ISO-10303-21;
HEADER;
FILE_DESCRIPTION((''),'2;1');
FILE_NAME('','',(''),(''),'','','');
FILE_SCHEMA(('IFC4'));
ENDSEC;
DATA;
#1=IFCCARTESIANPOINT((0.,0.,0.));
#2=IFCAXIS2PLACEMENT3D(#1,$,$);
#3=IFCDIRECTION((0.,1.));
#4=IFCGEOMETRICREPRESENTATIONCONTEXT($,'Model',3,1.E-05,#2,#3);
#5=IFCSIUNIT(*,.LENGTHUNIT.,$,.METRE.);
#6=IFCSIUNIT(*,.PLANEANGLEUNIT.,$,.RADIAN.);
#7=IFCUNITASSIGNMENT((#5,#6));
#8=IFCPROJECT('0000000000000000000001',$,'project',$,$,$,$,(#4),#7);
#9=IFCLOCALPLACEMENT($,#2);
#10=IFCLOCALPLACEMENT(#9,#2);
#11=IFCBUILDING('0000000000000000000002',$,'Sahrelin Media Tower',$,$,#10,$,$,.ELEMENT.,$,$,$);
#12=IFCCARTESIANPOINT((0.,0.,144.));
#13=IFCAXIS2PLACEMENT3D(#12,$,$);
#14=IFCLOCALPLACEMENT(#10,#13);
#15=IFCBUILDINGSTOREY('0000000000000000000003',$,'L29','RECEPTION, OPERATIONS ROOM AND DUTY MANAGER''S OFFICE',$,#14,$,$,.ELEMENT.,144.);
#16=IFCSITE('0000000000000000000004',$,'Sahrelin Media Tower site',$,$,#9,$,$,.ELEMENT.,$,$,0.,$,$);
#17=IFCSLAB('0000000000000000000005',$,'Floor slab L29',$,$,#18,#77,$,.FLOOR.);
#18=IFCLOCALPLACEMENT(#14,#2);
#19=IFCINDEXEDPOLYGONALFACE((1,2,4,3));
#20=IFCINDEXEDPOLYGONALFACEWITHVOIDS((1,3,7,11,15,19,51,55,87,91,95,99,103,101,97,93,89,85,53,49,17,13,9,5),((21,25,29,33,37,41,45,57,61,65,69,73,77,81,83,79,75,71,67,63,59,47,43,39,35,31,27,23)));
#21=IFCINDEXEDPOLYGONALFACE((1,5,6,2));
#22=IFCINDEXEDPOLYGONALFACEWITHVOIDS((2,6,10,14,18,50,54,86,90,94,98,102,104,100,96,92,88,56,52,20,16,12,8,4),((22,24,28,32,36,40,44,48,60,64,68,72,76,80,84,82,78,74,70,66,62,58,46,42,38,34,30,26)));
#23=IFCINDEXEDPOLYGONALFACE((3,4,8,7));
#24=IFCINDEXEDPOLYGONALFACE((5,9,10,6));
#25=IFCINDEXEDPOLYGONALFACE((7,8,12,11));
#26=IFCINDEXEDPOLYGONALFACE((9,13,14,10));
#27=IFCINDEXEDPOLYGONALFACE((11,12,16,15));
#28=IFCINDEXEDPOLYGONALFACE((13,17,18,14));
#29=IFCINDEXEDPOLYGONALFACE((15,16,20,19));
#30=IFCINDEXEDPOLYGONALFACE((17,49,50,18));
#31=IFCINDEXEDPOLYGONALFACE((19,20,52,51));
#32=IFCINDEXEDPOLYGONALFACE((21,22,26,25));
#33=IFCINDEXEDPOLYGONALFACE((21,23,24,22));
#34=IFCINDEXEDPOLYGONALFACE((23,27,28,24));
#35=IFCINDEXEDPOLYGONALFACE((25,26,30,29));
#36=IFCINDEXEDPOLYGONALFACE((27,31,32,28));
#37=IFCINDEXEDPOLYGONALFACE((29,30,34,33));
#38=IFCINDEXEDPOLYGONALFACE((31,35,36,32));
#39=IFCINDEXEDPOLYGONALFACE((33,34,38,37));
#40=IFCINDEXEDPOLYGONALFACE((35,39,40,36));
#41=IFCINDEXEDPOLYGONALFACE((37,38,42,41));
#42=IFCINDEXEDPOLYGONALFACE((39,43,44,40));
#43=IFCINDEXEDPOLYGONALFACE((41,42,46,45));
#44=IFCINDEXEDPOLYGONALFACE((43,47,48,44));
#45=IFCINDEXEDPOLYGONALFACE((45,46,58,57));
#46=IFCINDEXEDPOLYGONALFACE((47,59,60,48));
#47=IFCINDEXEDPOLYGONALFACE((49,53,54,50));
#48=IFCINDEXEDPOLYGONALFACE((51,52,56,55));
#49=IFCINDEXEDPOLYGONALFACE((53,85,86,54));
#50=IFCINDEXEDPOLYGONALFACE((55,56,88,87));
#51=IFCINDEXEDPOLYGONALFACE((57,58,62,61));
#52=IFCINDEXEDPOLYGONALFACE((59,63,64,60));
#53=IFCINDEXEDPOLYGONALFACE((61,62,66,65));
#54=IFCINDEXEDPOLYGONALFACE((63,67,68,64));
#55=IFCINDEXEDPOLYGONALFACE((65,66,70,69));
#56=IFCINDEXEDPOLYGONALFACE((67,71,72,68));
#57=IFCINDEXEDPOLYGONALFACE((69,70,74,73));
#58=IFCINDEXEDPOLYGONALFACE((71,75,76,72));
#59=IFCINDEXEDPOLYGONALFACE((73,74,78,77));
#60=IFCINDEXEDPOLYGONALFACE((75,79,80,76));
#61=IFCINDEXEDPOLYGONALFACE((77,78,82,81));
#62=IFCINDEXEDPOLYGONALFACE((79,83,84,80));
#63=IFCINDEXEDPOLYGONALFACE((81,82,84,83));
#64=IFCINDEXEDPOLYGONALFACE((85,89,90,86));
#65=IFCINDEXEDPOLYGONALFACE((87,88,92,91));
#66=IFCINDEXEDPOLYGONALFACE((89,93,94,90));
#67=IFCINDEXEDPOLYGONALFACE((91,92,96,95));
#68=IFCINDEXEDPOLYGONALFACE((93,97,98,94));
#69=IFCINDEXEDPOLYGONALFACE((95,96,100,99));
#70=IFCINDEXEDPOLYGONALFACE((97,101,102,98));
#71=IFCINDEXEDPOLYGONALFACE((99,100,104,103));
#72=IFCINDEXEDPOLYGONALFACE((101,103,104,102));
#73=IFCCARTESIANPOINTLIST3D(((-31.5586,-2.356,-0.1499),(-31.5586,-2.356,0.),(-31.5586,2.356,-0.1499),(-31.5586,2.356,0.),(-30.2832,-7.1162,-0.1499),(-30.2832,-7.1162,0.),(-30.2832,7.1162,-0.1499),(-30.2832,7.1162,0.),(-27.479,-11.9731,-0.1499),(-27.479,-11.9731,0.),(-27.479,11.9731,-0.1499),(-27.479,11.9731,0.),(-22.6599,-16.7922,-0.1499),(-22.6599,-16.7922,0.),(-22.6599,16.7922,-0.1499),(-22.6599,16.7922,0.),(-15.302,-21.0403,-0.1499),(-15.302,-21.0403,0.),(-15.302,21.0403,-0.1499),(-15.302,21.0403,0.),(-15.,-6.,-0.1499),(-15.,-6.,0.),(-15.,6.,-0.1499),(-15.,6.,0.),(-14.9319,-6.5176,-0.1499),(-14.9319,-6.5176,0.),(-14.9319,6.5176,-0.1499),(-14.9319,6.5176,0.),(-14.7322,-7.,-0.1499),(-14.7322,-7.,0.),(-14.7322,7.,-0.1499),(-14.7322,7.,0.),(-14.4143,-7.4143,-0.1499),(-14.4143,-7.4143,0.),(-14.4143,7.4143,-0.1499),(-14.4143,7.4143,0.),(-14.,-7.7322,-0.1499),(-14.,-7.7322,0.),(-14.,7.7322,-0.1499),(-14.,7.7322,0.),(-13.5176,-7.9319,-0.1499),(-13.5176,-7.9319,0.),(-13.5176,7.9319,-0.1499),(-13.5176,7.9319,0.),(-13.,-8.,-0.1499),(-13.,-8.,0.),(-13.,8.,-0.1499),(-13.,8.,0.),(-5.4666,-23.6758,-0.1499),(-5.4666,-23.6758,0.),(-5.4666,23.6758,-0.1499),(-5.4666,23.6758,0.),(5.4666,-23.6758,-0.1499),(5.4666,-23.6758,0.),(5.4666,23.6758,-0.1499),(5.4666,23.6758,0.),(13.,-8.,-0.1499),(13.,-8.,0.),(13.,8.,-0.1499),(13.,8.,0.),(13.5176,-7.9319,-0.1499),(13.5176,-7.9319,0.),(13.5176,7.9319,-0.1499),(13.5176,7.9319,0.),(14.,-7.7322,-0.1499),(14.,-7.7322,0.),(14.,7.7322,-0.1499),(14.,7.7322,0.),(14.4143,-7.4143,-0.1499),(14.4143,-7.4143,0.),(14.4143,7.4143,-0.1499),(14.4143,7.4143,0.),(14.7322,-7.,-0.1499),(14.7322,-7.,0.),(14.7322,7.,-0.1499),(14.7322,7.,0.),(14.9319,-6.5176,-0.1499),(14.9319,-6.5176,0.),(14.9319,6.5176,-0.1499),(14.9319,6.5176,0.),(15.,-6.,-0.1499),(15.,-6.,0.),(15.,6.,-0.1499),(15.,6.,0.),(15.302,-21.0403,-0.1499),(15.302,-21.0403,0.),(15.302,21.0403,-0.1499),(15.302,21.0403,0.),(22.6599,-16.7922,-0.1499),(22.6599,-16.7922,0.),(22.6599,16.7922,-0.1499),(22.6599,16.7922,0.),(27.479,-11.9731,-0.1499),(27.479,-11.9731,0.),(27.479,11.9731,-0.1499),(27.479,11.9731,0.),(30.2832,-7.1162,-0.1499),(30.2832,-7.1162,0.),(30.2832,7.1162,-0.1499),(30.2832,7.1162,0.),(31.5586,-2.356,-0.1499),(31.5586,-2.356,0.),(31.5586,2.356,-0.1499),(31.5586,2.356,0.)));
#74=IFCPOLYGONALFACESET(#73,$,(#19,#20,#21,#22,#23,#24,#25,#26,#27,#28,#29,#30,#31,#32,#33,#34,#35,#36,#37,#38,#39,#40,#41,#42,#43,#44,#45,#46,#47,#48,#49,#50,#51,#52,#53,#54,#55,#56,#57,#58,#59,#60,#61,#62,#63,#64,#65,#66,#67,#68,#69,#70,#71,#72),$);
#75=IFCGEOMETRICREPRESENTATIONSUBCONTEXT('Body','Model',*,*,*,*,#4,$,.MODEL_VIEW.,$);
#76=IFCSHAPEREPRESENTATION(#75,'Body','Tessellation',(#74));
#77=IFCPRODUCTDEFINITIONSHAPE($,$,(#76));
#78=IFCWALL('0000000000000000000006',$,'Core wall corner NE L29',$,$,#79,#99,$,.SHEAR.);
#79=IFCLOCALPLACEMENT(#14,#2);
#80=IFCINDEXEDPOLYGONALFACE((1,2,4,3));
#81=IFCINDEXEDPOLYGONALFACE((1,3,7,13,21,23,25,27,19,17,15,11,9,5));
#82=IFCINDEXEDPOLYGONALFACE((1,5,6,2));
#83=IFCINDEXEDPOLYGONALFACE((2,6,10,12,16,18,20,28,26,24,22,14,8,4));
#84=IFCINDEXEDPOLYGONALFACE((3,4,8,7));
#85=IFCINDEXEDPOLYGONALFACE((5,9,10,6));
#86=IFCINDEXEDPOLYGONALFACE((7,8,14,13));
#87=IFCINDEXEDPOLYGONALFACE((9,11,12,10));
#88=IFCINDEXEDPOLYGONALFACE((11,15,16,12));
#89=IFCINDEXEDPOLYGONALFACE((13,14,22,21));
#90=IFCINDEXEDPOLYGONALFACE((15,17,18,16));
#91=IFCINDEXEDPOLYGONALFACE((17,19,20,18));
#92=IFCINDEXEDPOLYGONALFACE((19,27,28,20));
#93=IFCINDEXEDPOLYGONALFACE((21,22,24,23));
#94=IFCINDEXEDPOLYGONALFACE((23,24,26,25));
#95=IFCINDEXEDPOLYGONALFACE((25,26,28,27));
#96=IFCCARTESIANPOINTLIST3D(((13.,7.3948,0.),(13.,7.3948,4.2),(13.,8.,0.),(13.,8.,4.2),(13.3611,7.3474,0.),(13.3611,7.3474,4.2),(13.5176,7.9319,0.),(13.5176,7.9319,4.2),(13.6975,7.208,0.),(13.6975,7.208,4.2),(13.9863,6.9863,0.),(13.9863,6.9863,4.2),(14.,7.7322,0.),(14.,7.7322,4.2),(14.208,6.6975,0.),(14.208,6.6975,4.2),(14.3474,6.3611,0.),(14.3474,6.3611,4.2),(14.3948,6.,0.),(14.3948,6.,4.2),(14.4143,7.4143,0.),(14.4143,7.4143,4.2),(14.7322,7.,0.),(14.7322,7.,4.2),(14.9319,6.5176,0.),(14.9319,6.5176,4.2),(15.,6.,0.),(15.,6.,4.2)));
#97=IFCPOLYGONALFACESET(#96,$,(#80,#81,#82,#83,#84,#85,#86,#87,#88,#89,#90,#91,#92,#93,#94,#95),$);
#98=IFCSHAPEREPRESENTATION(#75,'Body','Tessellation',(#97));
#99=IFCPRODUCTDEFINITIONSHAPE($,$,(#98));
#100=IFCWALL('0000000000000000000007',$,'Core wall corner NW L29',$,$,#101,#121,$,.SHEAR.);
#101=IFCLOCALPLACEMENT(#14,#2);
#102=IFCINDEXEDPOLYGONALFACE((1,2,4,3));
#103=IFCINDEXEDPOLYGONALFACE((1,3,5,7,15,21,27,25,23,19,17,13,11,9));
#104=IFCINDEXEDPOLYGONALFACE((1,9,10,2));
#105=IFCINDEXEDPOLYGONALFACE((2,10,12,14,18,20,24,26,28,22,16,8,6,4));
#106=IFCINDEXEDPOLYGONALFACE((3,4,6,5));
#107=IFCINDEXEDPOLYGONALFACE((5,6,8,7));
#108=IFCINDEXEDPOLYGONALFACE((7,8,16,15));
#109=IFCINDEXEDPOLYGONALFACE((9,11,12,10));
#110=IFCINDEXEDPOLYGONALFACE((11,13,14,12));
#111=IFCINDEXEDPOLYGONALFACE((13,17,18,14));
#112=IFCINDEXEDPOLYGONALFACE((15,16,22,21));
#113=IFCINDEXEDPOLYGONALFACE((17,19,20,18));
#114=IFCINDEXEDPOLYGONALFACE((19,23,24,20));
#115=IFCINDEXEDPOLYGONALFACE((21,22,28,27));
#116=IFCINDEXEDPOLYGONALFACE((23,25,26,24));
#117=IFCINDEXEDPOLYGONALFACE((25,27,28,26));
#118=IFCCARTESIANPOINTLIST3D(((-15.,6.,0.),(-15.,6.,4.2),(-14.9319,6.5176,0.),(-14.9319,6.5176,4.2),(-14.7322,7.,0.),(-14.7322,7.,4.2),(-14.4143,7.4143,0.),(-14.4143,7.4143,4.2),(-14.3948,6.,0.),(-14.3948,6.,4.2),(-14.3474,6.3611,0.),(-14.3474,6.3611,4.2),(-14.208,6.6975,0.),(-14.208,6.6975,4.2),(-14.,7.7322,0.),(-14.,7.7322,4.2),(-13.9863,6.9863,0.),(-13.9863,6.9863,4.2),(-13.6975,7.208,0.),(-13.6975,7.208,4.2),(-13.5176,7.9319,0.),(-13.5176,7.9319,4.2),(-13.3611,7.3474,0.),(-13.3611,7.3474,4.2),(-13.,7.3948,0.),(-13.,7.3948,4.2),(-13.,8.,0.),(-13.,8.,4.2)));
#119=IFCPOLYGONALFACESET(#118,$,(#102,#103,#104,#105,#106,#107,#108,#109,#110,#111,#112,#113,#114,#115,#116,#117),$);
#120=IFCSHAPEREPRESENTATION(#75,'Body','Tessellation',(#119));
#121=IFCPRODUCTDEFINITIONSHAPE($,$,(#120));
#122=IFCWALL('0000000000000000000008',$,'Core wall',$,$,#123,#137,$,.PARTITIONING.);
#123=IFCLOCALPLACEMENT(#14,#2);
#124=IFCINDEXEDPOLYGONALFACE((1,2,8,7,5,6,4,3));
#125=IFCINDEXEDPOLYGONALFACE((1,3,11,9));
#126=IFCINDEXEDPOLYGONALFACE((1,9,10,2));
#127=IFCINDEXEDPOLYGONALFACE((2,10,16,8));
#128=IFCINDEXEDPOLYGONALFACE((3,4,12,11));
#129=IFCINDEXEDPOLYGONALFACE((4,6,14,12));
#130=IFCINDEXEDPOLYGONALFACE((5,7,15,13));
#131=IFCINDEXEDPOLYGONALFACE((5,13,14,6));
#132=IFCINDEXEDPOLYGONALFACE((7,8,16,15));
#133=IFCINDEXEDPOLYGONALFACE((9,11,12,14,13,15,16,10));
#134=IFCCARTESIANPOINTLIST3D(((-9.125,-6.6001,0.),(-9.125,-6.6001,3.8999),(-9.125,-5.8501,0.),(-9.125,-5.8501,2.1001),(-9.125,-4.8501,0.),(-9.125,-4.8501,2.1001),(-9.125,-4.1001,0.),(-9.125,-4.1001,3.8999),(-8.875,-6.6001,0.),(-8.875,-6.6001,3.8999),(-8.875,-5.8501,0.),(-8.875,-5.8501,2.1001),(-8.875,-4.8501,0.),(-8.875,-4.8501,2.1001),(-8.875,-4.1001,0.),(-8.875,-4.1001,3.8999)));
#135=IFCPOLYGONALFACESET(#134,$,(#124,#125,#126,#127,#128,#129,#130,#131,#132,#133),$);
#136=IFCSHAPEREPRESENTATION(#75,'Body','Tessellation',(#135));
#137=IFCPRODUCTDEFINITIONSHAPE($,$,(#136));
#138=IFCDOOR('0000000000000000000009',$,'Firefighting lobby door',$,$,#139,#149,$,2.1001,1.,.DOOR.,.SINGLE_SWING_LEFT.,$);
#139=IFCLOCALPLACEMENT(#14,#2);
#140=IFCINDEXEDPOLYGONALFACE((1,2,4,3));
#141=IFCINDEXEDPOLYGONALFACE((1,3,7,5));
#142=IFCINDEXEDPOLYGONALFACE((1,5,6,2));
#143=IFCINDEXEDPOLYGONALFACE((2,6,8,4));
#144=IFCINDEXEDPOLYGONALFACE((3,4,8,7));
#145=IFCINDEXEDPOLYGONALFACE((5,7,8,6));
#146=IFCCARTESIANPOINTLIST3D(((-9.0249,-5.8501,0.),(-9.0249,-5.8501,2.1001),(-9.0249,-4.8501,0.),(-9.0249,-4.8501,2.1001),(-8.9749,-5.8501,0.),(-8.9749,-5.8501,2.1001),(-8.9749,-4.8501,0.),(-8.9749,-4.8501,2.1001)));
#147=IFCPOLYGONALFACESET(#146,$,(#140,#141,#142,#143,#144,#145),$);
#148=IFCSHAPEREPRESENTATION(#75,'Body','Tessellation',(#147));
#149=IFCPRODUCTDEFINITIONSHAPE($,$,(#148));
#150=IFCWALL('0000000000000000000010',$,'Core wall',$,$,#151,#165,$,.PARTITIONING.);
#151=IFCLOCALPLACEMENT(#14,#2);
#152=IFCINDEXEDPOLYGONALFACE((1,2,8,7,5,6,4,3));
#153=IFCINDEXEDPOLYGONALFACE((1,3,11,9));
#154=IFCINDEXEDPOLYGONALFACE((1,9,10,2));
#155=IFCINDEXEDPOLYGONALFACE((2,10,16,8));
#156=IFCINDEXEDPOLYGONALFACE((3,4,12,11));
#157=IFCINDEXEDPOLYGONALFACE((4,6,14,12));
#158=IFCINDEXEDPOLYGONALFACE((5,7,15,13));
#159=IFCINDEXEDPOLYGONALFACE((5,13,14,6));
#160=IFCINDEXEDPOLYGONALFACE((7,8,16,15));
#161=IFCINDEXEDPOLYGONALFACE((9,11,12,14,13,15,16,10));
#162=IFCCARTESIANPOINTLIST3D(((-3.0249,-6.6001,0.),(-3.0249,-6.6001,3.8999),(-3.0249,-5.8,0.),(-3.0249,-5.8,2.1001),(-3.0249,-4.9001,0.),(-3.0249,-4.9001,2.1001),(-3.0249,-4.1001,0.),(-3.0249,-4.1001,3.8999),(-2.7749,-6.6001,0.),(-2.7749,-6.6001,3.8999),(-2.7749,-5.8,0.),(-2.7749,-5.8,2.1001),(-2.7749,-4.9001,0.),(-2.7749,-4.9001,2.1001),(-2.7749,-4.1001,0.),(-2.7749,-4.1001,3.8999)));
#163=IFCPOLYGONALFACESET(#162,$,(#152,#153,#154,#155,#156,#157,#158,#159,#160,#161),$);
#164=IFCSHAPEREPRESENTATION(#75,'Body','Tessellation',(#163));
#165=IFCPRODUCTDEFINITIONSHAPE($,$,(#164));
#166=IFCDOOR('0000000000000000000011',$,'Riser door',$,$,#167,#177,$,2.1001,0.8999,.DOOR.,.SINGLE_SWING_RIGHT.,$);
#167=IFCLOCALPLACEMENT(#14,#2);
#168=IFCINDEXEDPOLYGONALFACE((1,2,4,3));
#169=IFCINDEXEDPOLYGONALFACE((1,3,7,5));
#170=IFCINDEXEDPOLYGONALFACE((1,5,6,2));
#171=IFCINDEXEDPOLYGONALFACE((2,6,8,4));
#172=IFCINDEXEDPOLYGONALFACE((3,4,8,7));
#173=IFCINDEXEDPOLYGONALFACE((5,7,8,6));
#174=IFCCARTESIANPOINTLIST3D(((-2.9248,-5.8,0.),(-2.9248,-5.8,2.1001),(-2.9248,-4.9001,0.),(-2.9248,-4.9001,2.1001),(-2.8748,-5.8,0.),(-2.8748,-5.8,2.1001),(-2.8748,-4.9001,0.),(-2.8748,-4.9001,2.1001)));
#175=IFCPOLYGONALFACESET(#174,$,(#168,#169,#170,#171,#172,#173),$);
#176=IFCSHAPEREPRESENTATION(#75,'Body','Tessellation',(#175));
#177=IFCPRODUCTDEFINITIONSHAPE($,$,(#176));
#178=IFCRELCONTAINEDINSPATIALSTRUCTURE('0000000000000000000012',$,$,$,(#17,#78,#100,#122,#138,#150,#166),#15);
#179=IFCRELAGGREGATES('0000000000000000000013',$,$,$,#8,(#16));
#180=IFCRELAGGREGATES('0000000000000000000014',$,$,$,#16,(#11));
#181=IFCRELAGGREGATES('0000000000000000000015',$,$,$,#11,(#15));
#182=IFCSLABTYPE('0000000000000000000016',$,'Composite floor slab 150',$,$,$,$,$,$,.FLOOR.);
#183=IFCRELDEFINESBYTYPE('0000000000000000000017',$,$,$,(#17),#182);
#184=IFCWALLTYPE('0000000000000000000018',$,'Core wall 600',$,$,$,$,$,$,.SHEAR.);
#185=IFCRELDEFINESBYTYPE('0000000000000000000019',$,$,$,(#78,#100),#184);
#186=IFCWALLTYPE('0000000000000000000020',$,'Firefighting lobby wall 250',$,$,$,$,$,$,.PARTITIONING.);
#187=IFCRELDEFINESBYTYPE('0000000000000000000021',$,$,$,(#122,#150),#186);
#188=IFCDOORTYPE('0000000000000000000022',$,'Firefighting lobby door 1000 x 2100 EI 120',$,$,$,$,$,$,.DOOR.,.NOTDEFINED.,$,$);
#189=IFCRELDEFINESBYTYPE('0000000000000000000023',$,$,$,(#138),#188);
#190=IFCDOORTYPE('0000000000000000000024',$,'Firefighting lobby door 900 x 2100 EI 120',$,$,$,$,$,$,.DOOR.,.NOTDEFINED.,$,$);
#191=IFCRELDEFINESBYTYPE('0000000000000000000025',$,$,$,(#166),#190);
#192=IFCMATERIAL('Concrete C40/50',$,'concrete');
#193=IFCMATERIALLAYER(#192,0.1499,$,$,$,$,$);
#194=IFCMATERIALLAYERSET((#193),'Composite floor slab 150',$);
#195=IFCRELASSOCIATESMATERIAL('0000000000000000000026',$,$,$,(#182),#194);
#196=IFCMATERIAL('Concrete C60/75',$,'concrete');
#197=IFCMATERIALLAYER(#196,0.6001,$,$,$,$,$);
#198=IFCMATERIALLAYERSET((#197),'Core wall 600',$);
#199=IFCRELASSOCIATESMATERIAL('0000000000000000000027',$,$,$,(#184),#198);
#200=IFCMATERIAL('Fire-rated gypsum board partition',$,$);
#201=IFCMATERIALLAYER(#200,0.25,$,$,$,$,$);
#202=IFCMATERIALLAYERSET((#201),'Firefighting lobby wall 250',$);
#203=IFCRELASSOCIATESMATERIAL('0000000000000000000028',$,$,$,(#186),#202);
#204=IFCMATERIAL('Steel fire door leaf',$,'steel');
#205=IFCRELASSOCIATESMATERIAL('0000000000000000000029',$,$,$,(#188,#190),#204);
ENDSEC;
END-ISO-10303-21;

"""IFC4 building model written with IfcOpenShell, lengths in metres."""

from ifc_helpers import new_model, si_unit, direction, frame, frame_2d, origin, place, context, subcontext, project, spatial, polyline, rectangle, outline, extrude, material, layer, layer_set, type_object, element, fill, save


model = new_model("IFC4")

# Units and contexts
model_context = context("Model", 3, precision=1e-05, world=origin(), true_north=direction((0.0, 1.0)))
body_context = subcontext(model_context, "Body", "Model", "MODEL_VIEW")
ifc_project = project(units=[si_unit("LENGTHUNIT", "METRE"), si_unit("PLANEANGLEUNIT", "RADIAN")], contexts=[model_context])

# Site, building, storey
site_placement = place(None, origin())
site = spatial("IfcSite", under=ifc_project, at=site_placement, Name="Sahrelin Media Tower site", CompositionType="ELEMENT", RefElevation=0.0)
building_placement = place(site_placement, origin())
building = spatial("IfcBuilding", under=site, at=building_placement, Name="Sahrelin Media Tower", CompositionType="ELEMENT")
storey_placement = place(building_placement, frame((0.0, 0.0, 144.0)))
storey = spatial("IfcBuildingStorey", under=building, at=storey_placement, Name="L29", Description="RECEPTION, OPERATIONS ROOM AND DUTY MANAGER'S OFFICE", CompositionType="ELEMENT", Elevation=144.0)

# Slab
ifc_material_1 = material(Name="Concrete C40/50", Category="concrete")
ifc_layer_1 = layer(ifc_material_1, 0.1499)
ifc_layer_set_1 = layer_set([ifc_layer_1], Name="Composite floor slab 150")
slab_type = type_object("IfcSlabType", Name="Composite floor slab 150", PredefinedType="FLOOR", material=ifc_layer_set_1)
slab_placement = place(storey_placement, frame((0.0, 0.0, -0.1499)))
element("IfcSlab", 1, at=slab_placement, inside=storey, type_object=slab_type, Name="Floor slab L29", PredefinedType="FLOOR", context=body_context, shape_type="SweptSolid", body=[
    extrude(outline(polyline([(31.5586, -2.356), (31.5586, 2.356), (30.2832, 7.1162), (27.479, 11.9731), (22.6599, 16.7922), (15.302, 21.0403), (5.4666, 23.6758), (-5.4666, 23.6758), (-15.302, 21.0403), (-22.6599, 16.7922), (-27.479, 11.9731), (-30.2832, 7.1162), (-31.5586, 2.356), (-31.5586, -2.356), (-30.2832, -7.1162), (-27.479, -11.9731), (-22.6599, -16.7922), (-15.302, -21.0403), (-5.4666, -23.6758), (5.4666, -23.6758), (15.302, -21.0403), (22.6599, -16.7922), (27.479, -11.9731), (30.2832, -7.1162), (31.5586, -2.356)]), holes=[polyline([(14.9319, 6.5176), (15.0, 6.0), (15.0, -6.0), (14.9319, -6.5176), (14.7322, -7.0), (14.4143, -7.4143), (14.0, -7.7322), (13.5176, -7.9319), (13.0, -8.0), (-13.0, -8.0), (-13.5176, -7.9319), (-14.0, -7.7322), (-14.4143, -7.4143), (-14.7322, -7.0), (-14.9319, -6.5176), (-15.0, -6.0), (-15.0, 6.0), (-14.9319, 6.5176), (-14.7322, 7.0), (-14.4143, 7.4143), (-14.0, 7.7322), (-13.5176, 7.9319), (-13.0, 8.0), (13.0, 8.0), (13.5176, 7.9319), (14.0, 7.7322), (14.4143, 7.4143), (14.7322, 7.0), (14.9319, 6.5176)])]), origin(), (0.0, 0.0, 1.0), 0.1499),
])

# Walls
ifc_material_2 = material(Name="Concrete C60/75", Category="concrete")
ifc_layer_2 = layer(ifc_material_2, 0.6001)
ifc_layer_set_2 = layer_set([ifc_layer_2], Name="Core wall 600")
wall_type_1 = type_object("IfcWallType", Name="Core wall 600", PredefinedType="SHEAR", material=ifc_layer_set_2)
placement = place(storey_placement, origin())
element("IfcWall", 2, at=placement, inside=storey, type_object=wall_type_1, Name="Core wall corner NE L29", PredefinedType="SHEAR", context=body_context, shape_type="SweptSolid", body=[
    extrude(outline(polyline([(13.0, 8.0), (13.0, 7.3948), (13.3611, 7.3474), (13.6975, 7.208), (13.9863, 6.9863), (14.208, 6.6975), (14.3474, 6.3611), (14.3948, 6.0), (15.0, 6.0), (14.9319, 6.5176), (14.7322, 7.0), (14.4143, 7.4143), (14.0, 7.7322), (13.5176, 7.9319), (13.0, 8.0)])), origin(), (0.0, 0.0, 1.0), 4.2),
])
element("IfcWall", 3, at=placement, inside=storey, type_object=wall_type_1, Name="Core wall corner NW L29", PredefinedType="SHEAR", context=body_context, shape_type="SweptSolid", body=[
    extrude(outline(polyline([(-15.0, 6.0), (-14.3948, 6.0), (-14.3474, 6.3611), (-14.208, 6.6975), (-13.9863, 6.9863), (-13.6975, 7.208), (-13.3611, 7.3474), (-13.0, 7.3948), (-13.0, 8.0), (-13.5176, 7.9319), (-14.0, 7.7322), (-14.4143, 7.4143), (-14.7322, 7.0), (-14.9319, 6.5176), (-15.0, 6.0)])), origin(), (0.0, 0.0, 1.0), 4.2),
])

# Walls, openings, doors
ifc_material_3 = material(Name="Fire-rated gypsum board partition")
ifc_layer_3 = layer(ifc_material_3, 0.25)
ifc_layer_set_3 = layer_set([ifc_layer_3], Name="Firefighting lobby wall 250")
wall_type_2 = type_object("IfcWallType", Name="Firefighting lobby wall 250", PredefinedType="PARTITIONING", material=ifc_layer_set_3)
wall_1_placement = place(storey_placement, frame((-9.0, -6.6001, 0.0), z_axis=(0.0, 0.0, 1.0), x_axis=(0.0, 1.0, 0.0)))
wall_1 = element("IfcWall", 4, at=wall_1_placement, inside=storey, type_object=wall_type_2, Name="Core wall", PredefinedType="PARTITIONING", context=body_context, shape_type="SweptSolid", body=[
    extrude(rectangle(XDim=2.5, YDim=0.25, at=frame_2d((1.25, 0.0))), origin(), (0.0, 0.0, 1.0), 3.8999),
])
opening_1_placement = place(wall_1_placement, frame((0.75, 0.0, 0.0)))
opening_1 = element("IfcOpeningElement", 5, at=opening_1_placement, cuts=wall_1, PredefinedType="OPENING", context=body_context, shape_type="SweptSolid", body=[
    extrude(rectangle(XDim=1.0, YDim=2.1001, at=frame_2d((0.5, 1.05))), frame((0.0, 0.125, 0.0), z_axis=(0.0, -1.0, 0.0), x_axis=(1.0, 0.0, 0.0)), (0.0, 0.0, 1.0), 0.25),
])
ifc_material_4 = material(Name="Steel fire door leaf", Category="steel")
door_type_1 = type_object("IfcDoorType", Name="Firefighting lobby door 1000 x 2100 EI 120", OperationType="NOTDEFINED", PredefinedType="DOOR", material=ifc_material_4)
door_1_placement = place(opening_1_placement, origin())
door_1 = element("IfcDoor", 6, at=door_1_placement, inside=storey, type_object=door_type_1, Name="Firefighting lobby door", OperationType="SINGLE_SWING_LEFT", OverallHeight=2.1001, OverallWidth=1.0, PredefinedType="DOOR", context=body_context, shape_type="SweptSolid", body=[
    extrude(rectangle(XDim=1.0, YDim=2.1001, at=frame_2d((0.5, 1.05))), frame((0.0, 0.0249, 0.0), z_axis=(0.0, -1.0, 0.0), x_axis=(1.0, 0.0, 0.0)), (0.0, 0.0, 1.0), 0.05),
])
fill(opening_1, door_1)
wall_2_placement = place(storey_placement, frame((-2.8999, -6.6001, 0.0), z_axis=(0.0, 0.0, 1.0), x_axis=(0.0, 1.0, 0.0)))
wall_2 = element("IfcWall", 7, at=wall_2_placement, inside=storey, type_object=wall_type_2, Name="Core wall", PredefinedType="PARTITIONING", context=body_context, shape_type="SweptSolid", body=[
    extrude(rectangle(XDim=2.5, YDim=0.25, at=frame_2d((1.25, 0.0))), origin(), (0.0, 0.0, 1.0), 3.8999),
])
opening_2_placement = place(wall_2_placement, frame((0.8, 0.0, 0.0)))
opening_2 = element("IfcOpeningElement", 8, at=opening_2_placement, cuts=wall_2, PredefinedType="OPENING", context=body_context, shape_type="SweptSolid", body=[
    extrude(rectangle(XDim=0.8999, YDim=2.1001, at=frame_2d((0.45, 1.05))), frame((0.0, 0.125, 0.0), z_axis=(0.0, -1.0, 0.0), x_axis=(1.0, 0.0, 0.0)), (0.0, 0.0, 1.0), 0.25),
])
door_type_2 = type_object("IfcDoorType", Name="Firefighting lobby door 900 x 2100 EI 120", OperationType="NOTDEFINED", PredefinedType="DOOR", material=ifc_material_4)
door_2_placement = place(opening_2_placement, origin())
door_2 = element("IfcDoor", 9, at=door_2_placement, inside=storey, type_object=door_type_2, Name="Riser door", OperationType="SINGLE_SWING_RIGHT", OverallHeight=2.1001, OverallWidth=0.8999, PredefinedType="DOOR", context=body_context, shape_type="SweptSolid", body=[
    extrude(rectangle(XDim=0.8999, YDim=2.1001, at=frame_2d((0.45, 1.05))), frame((0.0, 0.0249, 0.0), z_axis=(0.0, -1.0, 0.0), x_axis=(1.0, 0.0, 0.0)), (0.0, 0.0, 1.0), 0.05),
])
fill(opening_2, door_2)

save(model, "model.ifc")
